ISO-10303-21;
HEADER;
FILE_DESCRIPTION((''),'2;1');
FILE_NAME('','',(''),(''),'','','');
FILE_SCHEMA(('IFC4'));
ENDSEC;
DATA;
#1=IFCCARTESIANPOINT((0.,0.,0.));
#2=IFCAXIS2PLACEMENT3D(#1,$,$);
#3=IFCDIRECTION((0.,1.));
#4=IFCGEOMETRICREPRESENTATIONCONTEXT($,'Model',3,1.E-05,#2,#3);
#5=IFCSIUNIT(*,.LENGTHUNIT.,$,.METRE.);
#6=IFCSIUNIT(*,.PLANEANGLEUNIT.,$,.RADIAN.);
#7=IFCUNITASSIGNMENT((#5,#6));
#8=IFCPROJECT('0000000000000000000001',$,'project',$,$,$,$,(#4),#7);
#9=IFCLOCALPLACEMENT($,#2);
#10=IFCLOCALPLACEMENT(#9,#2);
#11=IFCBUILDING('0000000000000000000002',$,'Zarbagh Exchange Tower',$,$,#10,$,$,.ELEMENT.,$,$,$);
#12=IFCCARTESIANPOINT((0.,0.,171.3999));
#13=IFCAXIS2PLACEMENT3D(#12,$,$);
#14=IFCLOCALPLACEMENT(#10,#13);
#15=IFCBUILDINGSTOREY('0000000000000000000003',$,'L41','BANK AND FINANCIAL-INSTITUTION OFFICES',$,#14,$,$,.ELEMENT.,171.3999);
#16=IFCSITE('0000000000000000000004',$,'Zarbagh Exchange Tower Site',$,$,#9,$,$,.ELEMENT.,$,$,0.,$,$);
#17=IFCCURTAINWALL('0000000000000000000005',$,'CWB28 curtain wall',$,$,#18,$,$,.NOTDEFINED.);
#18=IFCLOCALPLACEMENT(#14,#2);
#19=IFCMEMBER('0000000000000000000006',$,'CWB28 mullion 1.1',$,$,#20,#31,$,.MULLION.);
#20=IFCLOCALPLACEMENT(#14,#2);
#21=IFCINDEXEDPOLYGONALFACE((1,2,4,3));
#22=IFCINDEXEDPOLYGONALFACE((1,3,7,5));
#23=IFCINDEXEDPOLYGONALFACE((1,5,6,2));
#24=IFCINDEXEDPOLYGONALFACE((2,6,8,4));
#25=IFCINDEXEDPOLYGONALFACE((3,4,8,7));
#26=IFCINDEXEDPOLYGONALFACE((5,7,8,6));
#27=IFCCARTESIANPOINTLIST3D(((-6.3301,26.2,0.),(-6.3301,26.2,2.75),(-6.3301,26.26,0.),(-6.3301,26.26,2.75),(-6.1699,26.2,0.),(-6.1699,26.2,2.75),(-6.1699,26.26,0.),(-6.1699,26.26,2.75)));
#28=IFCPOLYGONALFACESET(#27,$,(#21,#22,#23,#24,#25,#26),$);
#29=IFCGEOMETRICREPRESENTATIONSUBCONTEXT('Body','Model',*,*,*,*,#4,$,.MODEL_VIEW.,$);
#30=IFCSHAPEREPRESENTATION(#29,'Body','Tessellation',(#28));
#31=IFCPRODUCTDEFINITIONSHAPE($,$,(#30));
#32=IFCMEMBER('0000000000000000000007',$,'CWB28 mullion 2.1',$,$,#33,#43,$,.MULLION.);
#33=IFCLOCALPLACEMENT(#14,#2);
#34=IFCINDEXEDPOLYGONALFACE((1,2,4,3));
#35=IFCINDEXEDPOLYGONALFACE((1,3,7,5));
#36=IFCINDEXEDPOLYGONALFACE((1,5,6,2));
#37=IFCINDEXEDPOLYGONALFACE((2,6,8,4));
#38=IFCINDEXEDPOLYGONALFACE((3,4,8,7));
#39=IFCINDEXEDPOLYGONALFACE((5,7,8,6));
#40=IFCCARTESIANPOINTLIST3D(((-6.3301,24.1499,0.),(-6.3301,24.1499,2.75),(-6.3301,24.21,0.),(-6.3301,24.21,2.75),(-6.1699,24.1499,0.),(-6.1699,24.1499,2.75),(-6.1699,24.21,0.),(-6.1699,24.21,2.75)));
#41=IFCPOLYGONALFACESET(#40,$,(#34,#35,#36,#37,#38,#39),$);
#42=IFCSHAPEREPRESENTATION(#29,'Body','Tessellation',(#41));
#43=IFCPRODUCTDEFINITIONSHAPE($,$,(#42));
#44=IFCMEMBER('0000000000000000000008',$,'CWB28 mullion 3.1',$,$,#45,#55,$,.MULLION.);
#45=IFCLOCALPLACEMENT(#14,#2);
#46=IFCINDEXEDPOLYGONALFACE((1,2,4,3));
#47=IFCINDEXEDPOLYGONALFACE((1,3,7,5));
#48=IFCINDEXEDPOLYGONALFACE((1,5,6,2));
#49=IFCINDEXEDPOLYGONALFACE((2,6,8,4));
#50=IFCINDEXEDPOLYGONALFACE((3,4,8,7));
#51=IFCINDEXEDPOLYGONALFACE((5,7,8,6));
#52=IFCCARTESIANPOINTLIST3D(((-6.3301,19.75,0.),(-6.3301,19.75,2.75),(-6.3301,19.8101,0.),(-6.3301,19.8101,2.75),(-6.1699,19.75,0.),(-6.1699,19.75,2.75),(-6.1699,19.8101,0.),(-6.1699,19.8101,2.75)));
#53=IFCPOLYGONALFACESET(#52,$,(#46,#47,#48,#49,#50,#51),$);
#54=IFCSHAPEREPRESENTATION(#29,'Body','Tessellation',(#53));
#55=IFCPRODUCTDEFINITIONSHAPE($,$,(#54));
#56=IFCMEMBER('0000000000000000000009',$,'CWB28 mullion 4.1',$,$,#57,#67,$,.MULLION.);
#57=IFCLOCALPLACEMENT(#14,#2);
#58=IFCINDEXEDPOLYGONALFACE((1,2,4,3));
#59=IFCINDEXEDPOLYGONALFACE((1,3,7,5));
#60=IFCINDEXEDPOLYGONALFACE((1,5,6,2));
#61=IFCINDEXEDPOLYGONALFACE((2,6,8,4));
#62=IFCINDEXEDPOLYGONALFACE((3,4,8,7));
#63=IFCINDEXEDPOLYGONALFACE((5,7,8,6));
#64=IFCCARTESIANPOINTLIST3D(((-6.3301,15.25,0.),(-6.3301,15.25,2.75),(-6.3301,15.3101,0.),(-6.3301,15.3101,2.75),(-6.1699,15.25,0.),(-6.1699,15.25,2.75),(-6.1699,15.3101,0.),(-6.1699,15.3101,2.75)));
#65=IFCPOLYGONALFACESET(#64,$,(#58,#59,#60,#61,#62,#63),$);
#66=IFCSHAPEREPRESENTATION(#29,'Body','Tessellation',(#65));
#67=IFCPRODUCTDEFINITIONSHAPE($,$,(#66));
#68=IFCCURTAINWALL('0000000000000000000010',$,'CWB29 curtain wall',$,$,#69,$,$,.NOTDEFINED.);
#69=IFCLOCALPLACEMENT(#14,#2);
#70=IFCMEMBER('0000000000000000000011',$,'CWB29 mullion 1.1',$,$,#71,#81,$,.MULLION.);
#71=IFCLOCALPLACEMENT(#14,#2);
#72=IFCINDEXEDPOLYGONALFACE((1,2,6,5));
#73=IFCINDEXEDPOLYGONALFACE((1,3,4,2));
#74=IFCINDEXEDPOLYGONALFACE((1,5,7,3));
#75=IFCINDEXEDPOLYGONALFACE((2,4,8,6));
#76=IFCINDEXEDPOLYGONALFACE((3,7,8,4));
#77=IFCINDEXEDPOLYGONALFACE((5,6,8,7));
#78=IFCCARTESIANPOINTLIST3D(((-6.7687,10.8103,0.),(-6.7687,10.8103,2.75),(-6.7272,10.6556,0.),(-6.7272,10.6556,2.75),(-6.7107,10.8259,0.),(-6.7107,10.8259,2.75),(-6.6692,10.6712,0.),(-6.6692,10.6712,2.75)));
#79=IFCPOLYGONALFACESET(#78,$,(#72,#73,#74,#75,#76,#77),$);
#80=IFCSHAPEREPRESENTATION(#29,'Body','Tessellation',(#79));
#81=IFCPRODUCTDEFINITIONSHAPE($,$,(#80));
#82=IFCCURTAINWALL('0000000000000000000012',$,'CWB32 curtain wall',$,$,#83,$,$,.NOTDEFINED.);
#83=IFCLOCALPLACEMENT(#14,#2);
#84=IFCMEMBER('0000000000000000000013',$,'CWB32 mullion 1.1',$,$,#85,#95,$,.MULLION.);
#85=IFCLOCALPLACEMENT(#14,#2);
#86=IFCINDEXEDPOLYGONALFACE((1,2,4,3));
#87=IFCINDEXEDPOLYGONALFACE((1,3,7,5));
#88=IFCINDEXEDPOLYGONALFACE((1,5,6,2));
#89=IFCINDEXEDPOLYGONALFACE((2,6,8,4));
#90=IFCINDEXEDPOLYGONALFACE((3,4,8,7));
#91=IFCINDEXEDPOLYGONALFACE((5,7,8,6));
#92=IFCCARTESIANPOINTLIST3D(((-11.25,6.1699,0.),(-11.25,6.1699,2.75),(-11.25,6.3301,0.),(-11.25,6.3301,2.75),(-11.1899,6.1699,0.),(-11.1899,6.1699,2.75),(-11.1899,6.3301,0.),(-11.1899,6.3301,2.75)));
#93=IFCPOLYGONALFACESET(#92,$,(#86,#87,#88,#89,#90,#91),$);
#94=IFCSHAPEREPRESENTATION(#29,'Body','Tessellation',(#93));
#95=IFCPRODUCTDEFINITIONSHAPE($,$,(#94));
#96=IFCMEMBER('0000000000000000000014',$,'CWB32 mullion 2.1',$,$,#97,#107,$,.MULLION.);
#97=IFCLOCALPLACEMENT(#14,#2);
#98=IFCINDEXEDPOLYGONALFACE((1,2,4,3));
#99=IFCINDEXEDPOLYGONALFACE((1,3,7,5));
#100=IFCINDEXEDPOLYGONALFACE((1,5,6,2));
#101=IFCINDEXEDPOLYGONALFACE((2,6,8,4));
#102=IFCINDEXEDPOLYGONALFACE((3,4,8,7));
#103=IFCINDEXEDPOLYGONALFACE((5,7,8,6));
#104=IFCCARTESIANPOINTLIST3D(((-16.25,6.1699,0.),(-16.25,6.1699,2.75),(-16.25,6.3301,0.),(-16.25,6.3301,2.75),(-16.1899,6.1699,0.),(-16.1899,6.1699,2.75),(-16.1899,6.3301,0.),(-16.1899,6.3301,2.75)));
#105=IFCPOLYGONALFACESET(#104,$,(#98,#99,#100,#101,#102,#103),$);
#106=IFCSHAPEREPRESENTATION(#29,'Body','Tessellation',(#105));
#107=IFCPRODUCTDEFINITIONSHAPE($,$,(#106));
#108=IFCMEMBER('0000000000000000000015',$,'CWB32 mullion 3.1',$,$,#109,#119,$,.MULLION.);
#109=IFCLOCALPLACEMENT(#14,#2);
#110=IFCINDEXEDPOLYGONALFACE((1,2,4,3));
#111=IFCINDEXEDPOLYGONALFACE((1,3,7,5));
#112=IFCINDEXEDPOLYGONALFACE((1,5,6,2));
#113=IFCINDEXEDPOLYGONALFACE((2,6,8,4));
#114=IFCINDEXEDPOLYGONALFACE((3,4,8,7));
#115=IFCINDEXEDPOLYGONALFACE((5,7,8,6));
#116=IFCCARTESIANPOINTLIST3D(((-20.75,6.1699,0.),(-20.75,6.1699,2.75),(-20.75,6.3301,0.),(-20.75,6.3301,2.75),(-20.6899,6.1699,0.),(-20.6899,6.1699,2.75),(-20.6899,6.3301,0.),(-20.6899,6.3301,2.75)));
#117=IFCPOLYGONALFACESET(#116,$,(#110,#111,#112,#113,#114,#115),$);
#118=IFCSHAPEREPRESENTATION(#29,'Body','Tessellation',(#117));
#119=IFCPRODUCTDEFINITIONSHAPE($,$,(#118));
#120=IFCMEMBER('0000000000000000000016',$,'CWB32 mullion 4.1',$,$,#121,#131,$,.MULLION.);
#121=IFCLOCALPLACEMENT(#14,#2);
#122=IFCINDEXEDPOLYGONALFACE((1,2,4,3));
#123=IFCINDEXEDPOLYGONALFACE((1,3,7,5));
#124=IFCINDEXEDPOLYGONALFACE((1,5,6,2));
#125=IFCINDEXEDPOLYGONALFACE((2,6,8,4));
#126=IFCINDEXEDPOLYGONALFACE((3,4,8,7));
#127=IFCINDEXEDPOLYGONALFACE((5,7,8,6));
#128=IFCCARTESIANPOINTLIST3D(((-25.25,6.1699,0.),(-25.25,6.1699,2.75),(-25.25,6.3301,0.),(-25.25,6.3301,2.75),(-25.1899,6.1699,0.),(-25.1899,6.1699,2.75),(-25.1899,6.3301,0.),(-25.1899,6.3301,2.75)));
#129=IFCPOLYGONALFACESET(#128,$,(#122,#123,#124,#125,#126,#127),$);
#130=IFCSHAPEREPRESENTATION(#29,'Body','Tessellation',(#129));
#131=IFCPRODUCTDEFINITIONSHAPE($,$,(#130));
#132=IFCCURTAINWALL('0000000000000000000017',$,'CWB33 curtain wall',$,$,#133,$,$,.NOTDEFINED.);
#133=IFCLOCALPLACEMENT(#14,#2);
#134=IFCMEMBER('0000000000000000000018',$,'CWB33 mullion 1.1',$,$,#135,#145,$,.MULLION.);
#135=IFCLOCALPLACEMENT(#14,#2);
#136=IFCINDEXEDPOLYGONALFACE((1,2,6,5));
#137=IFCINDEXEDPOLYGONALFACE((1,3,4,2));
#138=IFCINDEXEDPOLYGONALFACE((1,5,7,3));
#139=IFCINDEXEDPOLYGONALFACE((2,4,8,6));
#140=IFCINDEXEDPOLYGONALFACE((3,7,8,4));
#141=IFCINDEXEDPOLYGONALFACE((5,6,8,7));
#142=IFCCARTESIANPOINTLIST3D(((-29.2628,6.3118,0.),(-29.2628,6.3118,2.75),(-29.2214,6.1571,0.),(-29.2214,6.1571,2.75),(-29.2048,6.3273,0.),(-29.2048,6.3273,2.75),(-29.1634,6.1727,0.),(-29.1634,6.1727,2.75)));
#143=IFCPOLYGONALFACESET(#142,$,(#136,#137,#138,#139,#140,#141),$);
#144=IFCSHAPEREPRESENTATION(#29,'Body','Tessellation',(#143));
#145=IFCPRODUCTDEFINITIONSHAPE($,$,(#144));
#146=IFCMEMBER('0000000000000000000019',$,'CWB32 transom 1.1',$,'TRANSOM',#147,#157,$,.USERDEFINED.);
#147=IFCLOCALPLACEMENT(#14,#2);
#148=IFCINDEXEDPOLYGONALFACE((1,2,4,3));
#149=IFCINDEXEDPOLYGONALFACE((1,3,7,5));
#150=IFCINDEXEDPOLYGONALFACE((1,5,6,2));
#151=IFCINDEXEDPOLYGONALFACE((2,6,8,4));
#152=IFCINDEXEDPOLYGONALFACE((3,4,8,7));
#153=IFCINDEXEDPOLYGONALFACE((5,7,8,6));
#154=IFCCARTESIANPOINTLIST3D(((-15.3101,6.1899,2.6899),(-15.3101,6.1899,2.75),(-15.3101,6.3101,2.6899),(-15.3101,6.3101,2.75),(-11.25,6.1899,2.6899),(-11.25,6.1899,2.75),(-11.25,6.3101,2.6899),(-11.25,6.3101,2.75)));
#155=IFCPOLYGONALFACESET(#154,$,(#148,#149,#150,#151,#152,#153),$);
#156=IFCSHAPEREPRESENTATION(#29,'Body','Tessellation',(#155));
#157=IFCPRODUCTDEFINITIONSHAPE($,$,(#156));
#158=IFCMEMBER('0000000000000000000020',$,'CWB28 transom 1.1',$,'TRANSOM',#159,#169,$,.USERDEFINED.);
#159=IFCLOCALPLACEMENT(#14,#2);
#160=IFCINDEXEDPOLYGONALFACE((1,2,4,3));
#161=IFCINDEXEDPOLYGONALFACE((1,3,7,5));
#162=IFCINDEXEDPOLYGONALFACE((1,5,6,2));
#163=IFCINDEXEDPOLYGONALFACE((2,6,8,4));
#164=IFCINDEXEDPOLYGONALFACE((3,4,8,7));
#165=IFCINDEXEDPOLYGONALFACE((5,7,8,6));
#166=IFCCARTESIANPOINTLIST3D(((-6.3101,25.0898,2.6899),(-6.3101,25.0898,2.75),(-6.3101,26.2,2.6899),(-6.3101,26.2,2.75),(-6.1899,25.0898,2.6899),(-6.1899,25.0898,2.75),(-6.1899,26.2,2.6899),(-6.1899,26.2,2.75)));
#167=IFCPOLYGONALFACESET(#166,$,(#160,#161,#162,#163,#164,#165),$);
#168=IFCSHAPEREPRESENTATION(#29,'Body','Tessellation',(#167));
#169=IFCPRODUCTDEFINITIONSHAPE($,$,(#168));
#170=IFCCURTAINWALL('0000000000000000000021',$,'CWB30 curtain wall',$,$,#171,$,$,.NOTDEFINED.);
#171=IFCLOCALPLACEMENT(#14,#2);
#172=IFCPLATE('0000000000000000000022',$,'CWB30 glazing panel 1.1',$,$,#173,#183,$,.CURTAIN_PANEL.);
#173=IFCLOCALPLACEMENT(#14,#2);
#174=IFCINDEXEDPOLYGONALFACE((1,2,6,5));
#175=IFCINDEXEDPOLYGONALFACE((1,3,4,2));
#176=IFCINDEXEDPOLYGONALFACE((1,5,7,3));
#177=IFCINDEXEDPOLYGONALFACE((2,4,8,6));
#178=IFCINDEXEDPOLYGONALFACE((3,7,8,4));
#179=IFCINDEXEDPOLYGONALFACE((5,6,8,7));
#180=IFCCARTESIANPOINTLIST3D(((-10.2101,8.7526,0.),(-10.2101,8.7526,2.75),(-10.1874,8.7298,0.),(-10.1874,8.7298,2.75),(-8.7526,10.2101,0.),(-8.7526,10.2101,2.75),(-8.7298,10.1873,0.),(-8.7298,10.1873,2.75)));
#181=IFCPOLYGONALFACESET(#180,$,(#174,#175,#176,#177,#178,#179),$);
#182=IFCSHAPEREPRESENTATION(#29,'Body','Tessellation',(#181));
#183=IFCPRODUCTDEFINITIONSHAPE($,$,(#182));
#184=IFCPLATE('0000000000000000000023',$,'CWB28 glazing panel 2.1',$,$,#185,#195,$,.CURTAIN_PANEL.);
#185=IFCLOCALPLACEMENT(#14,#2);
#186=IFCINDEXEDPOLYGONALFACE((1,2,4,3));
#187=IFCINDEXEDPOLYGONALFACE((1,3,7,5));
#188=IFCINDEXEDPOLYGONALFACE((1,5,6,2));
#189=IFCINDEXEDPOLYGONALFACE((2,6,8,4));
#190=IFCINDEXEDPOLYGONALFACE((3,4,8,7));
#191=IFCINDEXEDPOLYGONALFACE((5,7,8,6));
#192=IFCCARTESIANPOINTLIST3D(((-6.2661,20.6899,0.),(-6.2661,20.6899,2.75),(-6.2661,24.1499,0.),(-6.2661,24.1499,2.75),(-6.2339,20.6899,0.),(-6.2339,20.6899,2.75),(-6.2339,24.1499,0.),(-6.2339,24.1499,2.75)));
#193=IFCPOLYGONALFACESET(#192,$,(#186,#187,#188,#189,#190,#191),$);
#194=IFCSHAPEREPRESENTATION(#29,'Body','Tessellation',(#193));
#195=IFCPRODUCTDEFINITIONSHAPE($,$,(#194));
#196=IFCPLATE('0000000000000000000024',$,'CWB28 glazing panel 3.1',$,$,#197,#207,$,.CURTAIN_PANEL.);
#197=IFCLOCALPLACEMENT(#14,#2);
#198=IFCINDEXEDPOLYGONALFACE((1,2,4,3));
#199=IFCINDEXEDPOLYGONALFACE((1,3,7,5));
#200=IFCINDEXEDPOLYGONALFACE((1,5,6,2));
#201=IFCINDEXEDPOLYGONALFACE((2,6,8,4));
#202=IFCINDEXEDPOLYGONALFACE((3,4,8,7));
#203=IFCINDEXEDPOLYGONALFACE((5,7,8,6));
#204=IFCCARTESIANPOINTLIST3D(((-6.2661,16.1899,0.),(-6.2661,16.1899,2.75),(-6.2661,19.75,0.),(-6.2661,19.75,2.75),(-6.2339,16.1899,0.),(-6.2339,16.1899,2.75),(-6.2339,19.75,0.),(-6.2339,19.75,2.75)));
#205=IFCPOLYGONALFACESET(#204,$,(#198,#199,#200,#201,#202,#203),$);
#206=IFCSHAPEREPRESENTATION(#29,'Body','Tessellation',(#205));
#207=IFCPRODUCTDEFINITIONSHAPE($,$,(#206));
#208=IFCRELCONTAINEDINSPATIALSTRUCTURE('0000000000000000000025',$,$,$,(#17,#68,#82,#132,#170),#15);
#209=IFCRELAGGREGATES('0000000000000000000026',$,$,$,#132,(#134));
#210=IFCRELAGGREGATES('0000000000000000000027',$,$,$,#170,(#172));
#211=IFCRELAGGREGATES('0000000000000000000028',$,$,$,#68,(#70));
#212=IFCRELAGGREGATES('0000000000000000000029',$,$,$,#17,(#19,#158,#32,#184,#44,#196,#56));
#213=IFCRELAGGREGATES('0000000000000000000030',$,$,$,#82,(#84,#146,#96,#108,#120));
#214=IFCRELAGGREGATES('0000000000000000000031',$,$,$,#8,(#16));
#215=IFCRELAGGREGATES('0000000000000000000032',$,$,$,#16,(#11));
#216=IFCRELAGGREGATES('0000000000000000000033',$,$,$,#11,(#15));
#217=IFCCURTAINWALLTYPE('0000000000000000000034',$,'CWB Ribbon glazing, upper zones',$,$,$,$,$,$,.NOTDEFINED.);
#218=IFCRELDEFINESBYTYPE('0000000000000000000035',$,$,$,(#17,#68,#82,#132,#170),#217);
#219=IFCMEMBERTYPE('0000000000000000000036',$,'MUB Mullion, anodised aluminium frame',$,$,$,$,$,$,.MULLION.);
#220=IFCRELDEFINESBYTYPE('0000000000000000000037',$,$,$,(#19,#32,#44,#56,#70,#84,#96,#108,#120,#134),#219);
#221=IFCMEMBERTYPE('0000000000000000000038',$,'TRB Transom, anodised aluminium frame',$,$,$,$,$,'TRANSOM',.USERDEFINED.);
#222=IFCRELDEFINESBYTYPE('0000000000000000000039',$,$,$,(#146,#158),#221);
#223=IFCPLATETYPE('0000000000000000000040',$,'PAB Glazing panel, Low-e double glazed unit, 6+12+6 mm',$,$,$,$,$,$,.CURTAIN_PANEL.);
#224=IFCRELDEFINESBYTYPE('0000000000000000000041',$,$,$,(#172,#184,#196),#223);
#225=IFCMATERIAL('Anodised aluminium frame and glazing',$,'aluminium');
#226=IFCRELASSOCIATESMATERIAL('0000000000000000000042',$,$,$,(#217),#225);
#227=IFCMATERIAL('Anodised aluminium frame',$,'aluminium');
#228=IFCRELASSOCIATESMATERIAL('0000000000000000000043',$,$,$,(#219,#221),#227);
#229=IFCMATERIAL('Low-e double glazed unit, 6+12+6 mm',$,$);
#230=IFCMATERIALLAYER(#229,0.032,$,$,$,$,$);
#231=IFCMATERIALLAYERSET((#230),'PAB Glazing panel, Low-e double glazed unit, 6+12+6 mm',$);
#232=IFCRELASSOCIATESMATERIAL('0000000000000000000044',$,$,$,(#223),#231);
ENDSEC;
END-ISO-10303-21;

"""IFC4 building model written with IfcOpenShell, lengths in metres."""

from ifc_helpers import new_model, si_unit, direction, frame, origin, place, context, subcontext, project, spatial, polyline, outline, extrude, source, transform, mapped, material, layer, layer_set, type_object, element, aggregate, save


model = new_model("IFC4")

# Units and contexts
model_context = context("Model", 3, precision=1e-05, world=origin(), true_north=direction((0.0, 1.0)))
body_context = subcontext(model_context, "Body", "Model", "MODEL_VIEW")
ifc_project = project(units=[si_unit("LENGTHUNIT", "METRE"), si_unit("PLANEANGLEUNIT", "RADIAN")], contexts=[model_context])

# Site, building, storey
site_placement = place(None, origin())
site = spatial("IfcSite", under=ifc_project, at=site_placement, Name="Zarbagh Exchange Tower Site", CompositionType="ELEMENT", RefElevation=0.0)
building_placement = place(site_placement, origin())
building = spatial("IfcBuilding", under=site, at=building_placement, Name="Zarbagh Exchange Tower", CompositionType="ELEMENT")
storey_placement = place(building_placement, frame((0.0, 0.0, 171.3999)))
storey = spatial("IfcBuildingStorey", under=building, at=storey_placement, Name="L41", Description="BANK AND FINANCIAL-INSTITUTION OFFICES", CompositionType="ELEMENT", Elevation=171.3999)

# Curtain wall, members
ifc_material_1 = material(Name="Anodised aluminium frame and glazing", Category="aluminium")
curtain_wall_type = type_object("IfcCurtainWallType", Name="CWB Ribbon glazing, upper zones", PredefinedType="NOTDEFINED", material=ifc_material_1)
curtain_wall_1_placement = place(storey_placement, origin())
curtain_wall_1 = element("IfcCurtainWall", 1, at=curtain_wall_1_placement, inside=storey, type_object=curtain_wall_type, Name="CWB28 curtain wall", PredefinedType="NOTDEFINED")
ifc_material_2 = material(Name="Anodised aluminium frame", Category="aluminium")
member_type_1 = type_object("IfcMemberType", Name="MUB Mullion, anodised aluminium frame", PredefinedType="MULLION", material=ifc_material_2)
shared_shape_1 = source(origin(), body_context, "Body", "SweptSolid", [
    extrude(outline(polyline([(0.0, -0.0801), (0.0601, -0.0801), (0.0601, 0.0801), (0.0, 0.0801), (0.0, -0.0801)])), origin(), (0.0, 0.0, 1.0), 2.75),
])
placement = place(storey_placement, origin())
member_1 = element("IfcMember", 2, at=placement, type_object=member_type_1, Name="CWB28 mullion 1.1", PredefinedType="MULLION", context=body_context, shape_type="MappedRepresentation", body=[
    mapped(shared_shape_1, transform((-6.25, 26.26, 0.0), x_axis=(0.0, -1.0, 0.0), y_axis=(1.0, 0.0, 0.0), z_axis=(0.0, 0.0, 1.0))),
])
member_2 = element("IfcMember", 3, at=placement, type_object=member_type_1, Name="CWB28 mullion 2.1", PredefinedType="MULLION", context=body_context, shape_type="MappedRepresentation", body=[
    mapped(shared_shape_1, transform((-6.25, 24.21, 0.0), x_axis=(0.0, -1.0, 0.0), y_axis=(1.0, 0.0, 0.0), z_axis=(0.0, 0.0, 1.0))),
])
member_3 = element("IfcMember", 4, at=placement, type_object=member_type_1, Name="CWB28 mullion 3.1", PredefinedType="MULLION", context=body_context, shape_type="MappedRepresentation", body=[
    mapped(shared_shape_1, transform((-6.25, 19.8101, 0.0), x_axis=(0.0, -1.0, 0.0), y_axis=(1.0, 0.0, 0.0), z_axis=(0.0, 0.0, 1.0))),
])
member_4 = element("IfcMember", 5, at=placement, type_object=member_type_1, Name="CWB28 mullion 4.1", PredefinedType="MULLION", context=body_context, shape_type="MappedRepresentation", body=[
    mapped(shared_shape_1, transform((-6.25, 15.3101, 0.0), x_axis=(0.0, -1.0, 0.0), y_axis=(1.0, 0.0, 0.0), z_axis=(0.0, 0.0, 1.0))),
])

# Curtain wall, member
curtain_wall_2_placement = place(storey_placement, origin())
curtain_wall_2 = element("IfcCurtainWall", 6, at=curtain_wall_2_placement, inside=storey, type_object=curtain_wall_type, Name="CWB29 curtain wall", PredefinedType="NOTDEFINED")
member_5 = element("IfcMember", 7, at=placement, type_object=member_type_1, Name="CWB29 mullion 1.1", PredefinedType="MULLION", context=body_context, shape_type="MappedRepresentation", body=[
    mapped(shared_shape_1, transform((-6.6899, 10.7485, 0.0), x_axis=(-0.965924, -0.258825, 0.0), y_axis=(0.258825, -0.965924, 0.0), z_axis=(0.0, 0.0, 1.0))),
])

# Curtain wall, members
curtain_wall_3_placement = place(storey_placement, origin())
curtain_wall_3 = element("IfcCurtainWall", 8, at=curtain_wall_3_placement, inside=storey, type_object=curtain_wall_type, Name="CWB32 curtain wall", PredefinedType="NOTDEFINED")
member_6 = element("IfcMember", 9, at=placement, type_object=member_type_1, Name="CWB32 mullion 1.1", PredefinedType="MULLION", context=body_context, shape_type="MappedRepresentation", body=[
    mapped(shared_shape_1, transform((-11.1899, 6.25, 0.0), x_axis=(-1.0, 0.0, 0.0), y_axis=(0.0, -1.0, 0.0), z_axis=(0.0, 0.0, 1.0))),
])
member_7 = element("IfcMember", 10, at=placement, type_object=member_type_1, Name="CWB32 mullion 2.1", PredefinedType="MULLION", context=body_context, shape_type="MappedRepresentation", body=[
    mapped(shared_shape_1, transform((-16.1899, 6.25, 0.0), x_axis=(-1.0, 0.0, 0.0), y_axis=(0.0, -1.0, 0.0), z_axis=(0.0, 0.0, 1.0))),
])
member_8 = element("IfcMember", 11, at=placement, type_object=member_type_1, Name="CWB32 mullion 3.1", PredefinedType="MULLION", context=body_context, shape_type="MappedRepresentation", body=[
    mapped(shared_shape_1, transform((-20.6899, 6.25, 0.0), x_axis=(-1.0, 0.0, 0.0), y_axis=(0.0, -1.0, 0.0), z_axis=(0.0, 0.0, 1.0))),
])
member_9 = element("IfcMember", 12, at=placement, type_object=member_type_1, Name="CWB32 mullion 4.1", PredefinedType="MULLION", context=body_context, shape_type="MappedRepresentation", body=[
    mapped(shared_shape_1, transform((-25.1899, 6.25, 0.0), x_axis=(-1.0, 0.0, 0.0), y_axis=(0.0, -1.0, 0.0), z_axis=(0.0, 0.0, 1.0))),
])

# Curtain wall, member
curtain_wall_4_placement = place(storey_placement, origin())
curtain_wall_4 = element("IfcCurtainWall", 13, at=curtain_wall_4_placement, inside=storey, type_object=curtain_wall_type, Name="CWB33 curtain wall", PredefinedType="NOTDEFINED")
member_10 = element("IfcMember", 14, at=placement, type_object=member_type_1, Name="CWB33 mullion 1.1", PredefinedType="MULLION", context=body_context, shape_type="MappedRepresentation", body=[
    mapped(shared_shape_1, transform((-29.1841, 6.25, 0.0), x_axis=(-0.965924, -0.258825, 0.0), y_axis=(0.258825, -0.965924, 0.0), z_axis=(0.0, 0.0, 1.0))),
])
aggregate(curtain_wall_4, [member_10])

# Members
member_type_2 = type_object("IfcMemberType", Name="TRB Transom, anodised aluminium frame", ElementType="TRANSOM", PredefinedType="USERDEFINED", material=ifc_material_2)
shared_shape_2 = source(origin(), body_context, "Body", "SweptSolid", [
    extrude(outline(polyline([(-0.0601, -0.0601), (0.0, -0.0601), (0.0, 0.0601), (-0.0601, 0.0601), (-0.0601, -0.0601)])), origin(), (0.0, 0.0, 1.0), 4.0601),
])
member_11 = element("IfcMember", 15, at=placement, type_object=member_type_2, Name="CWB32 transom 1.1", ObjectType="TRANSOM", PredefinedType="USERDEFINED", context=body_context, shape_type="MappedRepresentation", body=[
    mapped(shared_shape_2, transform((-11.25, 6.25, 2.75), x_axis=(0.0, 0.0, 1.0), y_axis=(0.0, 1.0, 0.0), z_axis=(-1.0, 0.0, 0.0))),
])
shared_shape_3 = source(origin(), body_context, "Body", "SweptSolid", [
    extrude(outline(polyline([(-0.0601, -0.0601), (0.0, -0.0601), (0.0, 0.0601), (-0.0601, 0.0601), (-0.0601, -0.0601)])), origin(), (0.0, 0.0, 1.0), 1.1101),
])
member_12 = element("IfcMember", 16, at=placement, type_object=member_type_2, Name="CWB28 transom 1.1", ObjectType="TRANSOM", PredefinedType="USERDEFINED", context=body_context, shape_type="MappedRepresentation", body=[
    mapped(shared_shape_3, transform((-6.25, 26.2, 2.75), x_axis=(0.0, 0.0, 1.0), y_axis=(-1.0, 0.0, 0.0), z_axis=(0.0, -1.0, 0.0))),
])

# Curtain wall, plate
curtain_wall_5_placement = place(storey_placement, origin())
curtain_wall_5 = element("IfcCurtainWall", 17, at=curtain_wall_5_placement, inside=storey, type_object=curtain_wall_type, Name="CWB30 curtain wall", PredefinedType="NOTDEFINED")
ifc_material_3 = material(Name="Low-e double glazed unit, 6+12+6 mm")
ifc_layer = layer(ifc_material_3, 0.032)
ifc_layer_set = layer_set([ifc_layer], Name="PAB Glazing panel, Low-e double glazed unit, 6+12+6 mm")
plate_type = type_object("IfcPlateType", Name="PAB Glazing panel, Low-e double glazed unit, 6+12+6 mm", PredefinedType="CURTAIN_PANEL", material=ifc_layer_set)
shared_shape_4 = source(origin(), body_context, "Body", "SweptSolid", [
    extrude(outline(polyline([(0.0, -0.0161), (2.0613, -0.0161), (2.0613, 0.0161), (0.0, 0.0161), (0.0, -0.0161)])), origin(), (0.0, 0.0, 1.0), 2.75),
])
plate_1 = element("IfcPlate", 18, at=placement, type_object=plate_type, Name="CWB30 glazing panel 1.1", PredefinedType="CURTAIN_PANEL", context=body_context, shape_type="MappedRepresentation", body=[
    mapped(shared_shape_4, transform((-8.7412, 10.1987, 0.0), x_axis=(-0.707107, -0.707107, 0.0), y_axis=(0.707107, -0.707107, 0.0), z_axis=(0.0, 0.0, 1.0))),
])
aggregate(curtain_wall_5, [plate_1])

# Plates
shared_shape_5 = source(origin(), body_context, "Body", "SweptSolid", [
    extrude(outline(polyline([(0.0, -0.0161), (3.46, -0.0161), (3.46, 0.0161), (0.0, 0.0161), (0.0, -0.0161)])), origin(), (0.0, 0.0, 1.0), 2.75),
])
plate_2 = element("IfcPlate", 19, at=placement, type_object=plate_type, Name="CWB28 glazing panel 2.1", PredefinedType="CURTAIN_PANEL", context=body_context, shape_type="MappedRepresentation", body=[
    mapped(shared_shape_5, transform((-6.25, 24.1499, 0.0), x_axis=(0.0, -1.0, 0.0), y_axis=(1.0, 0.0, 0.0), z_axis=(0.0, 0.0, 1.0))),
])
shared_shape_6 = source(origin(), body_context, "Body", "SweptSolid", [
    extrude(outline(polyline([(0.0, -0.0161), (3.5601, -0.0161), (3.5601, 0.0161), (0.0, 0.0161), (0.0, -0.0161)])), origin(), (0.0, 0.0, 1.0), 2.75),
])
plate_3 = element("IfcPlate", 20, at=placement, type_object=plate_type, Name="CWB28 glazing panel 3.1", PredefinedType="CURTAIN_PANEL", context=body_context, shape_type="MappedRepresentation", body=[
    mapped(shared_shape_6, transform((-6.25, 19.75, 0.0), x_axis=(0.0, -1.0, 0.0), y_axis=(1.0, 0.0, 0.0), z_axis=(0.0, 0.0, 1.0))),
])
aggregate(curtain_wall_2, [member_5])

aggregate(curtain_wall_1, [member_1, member_12, member_2, plate_2, member_3, plate_3, member_4])
aggregate(curtain_wall_3, [member_6, member_11, member_7, member_8, member_9])

save(model, "model.ifc")
